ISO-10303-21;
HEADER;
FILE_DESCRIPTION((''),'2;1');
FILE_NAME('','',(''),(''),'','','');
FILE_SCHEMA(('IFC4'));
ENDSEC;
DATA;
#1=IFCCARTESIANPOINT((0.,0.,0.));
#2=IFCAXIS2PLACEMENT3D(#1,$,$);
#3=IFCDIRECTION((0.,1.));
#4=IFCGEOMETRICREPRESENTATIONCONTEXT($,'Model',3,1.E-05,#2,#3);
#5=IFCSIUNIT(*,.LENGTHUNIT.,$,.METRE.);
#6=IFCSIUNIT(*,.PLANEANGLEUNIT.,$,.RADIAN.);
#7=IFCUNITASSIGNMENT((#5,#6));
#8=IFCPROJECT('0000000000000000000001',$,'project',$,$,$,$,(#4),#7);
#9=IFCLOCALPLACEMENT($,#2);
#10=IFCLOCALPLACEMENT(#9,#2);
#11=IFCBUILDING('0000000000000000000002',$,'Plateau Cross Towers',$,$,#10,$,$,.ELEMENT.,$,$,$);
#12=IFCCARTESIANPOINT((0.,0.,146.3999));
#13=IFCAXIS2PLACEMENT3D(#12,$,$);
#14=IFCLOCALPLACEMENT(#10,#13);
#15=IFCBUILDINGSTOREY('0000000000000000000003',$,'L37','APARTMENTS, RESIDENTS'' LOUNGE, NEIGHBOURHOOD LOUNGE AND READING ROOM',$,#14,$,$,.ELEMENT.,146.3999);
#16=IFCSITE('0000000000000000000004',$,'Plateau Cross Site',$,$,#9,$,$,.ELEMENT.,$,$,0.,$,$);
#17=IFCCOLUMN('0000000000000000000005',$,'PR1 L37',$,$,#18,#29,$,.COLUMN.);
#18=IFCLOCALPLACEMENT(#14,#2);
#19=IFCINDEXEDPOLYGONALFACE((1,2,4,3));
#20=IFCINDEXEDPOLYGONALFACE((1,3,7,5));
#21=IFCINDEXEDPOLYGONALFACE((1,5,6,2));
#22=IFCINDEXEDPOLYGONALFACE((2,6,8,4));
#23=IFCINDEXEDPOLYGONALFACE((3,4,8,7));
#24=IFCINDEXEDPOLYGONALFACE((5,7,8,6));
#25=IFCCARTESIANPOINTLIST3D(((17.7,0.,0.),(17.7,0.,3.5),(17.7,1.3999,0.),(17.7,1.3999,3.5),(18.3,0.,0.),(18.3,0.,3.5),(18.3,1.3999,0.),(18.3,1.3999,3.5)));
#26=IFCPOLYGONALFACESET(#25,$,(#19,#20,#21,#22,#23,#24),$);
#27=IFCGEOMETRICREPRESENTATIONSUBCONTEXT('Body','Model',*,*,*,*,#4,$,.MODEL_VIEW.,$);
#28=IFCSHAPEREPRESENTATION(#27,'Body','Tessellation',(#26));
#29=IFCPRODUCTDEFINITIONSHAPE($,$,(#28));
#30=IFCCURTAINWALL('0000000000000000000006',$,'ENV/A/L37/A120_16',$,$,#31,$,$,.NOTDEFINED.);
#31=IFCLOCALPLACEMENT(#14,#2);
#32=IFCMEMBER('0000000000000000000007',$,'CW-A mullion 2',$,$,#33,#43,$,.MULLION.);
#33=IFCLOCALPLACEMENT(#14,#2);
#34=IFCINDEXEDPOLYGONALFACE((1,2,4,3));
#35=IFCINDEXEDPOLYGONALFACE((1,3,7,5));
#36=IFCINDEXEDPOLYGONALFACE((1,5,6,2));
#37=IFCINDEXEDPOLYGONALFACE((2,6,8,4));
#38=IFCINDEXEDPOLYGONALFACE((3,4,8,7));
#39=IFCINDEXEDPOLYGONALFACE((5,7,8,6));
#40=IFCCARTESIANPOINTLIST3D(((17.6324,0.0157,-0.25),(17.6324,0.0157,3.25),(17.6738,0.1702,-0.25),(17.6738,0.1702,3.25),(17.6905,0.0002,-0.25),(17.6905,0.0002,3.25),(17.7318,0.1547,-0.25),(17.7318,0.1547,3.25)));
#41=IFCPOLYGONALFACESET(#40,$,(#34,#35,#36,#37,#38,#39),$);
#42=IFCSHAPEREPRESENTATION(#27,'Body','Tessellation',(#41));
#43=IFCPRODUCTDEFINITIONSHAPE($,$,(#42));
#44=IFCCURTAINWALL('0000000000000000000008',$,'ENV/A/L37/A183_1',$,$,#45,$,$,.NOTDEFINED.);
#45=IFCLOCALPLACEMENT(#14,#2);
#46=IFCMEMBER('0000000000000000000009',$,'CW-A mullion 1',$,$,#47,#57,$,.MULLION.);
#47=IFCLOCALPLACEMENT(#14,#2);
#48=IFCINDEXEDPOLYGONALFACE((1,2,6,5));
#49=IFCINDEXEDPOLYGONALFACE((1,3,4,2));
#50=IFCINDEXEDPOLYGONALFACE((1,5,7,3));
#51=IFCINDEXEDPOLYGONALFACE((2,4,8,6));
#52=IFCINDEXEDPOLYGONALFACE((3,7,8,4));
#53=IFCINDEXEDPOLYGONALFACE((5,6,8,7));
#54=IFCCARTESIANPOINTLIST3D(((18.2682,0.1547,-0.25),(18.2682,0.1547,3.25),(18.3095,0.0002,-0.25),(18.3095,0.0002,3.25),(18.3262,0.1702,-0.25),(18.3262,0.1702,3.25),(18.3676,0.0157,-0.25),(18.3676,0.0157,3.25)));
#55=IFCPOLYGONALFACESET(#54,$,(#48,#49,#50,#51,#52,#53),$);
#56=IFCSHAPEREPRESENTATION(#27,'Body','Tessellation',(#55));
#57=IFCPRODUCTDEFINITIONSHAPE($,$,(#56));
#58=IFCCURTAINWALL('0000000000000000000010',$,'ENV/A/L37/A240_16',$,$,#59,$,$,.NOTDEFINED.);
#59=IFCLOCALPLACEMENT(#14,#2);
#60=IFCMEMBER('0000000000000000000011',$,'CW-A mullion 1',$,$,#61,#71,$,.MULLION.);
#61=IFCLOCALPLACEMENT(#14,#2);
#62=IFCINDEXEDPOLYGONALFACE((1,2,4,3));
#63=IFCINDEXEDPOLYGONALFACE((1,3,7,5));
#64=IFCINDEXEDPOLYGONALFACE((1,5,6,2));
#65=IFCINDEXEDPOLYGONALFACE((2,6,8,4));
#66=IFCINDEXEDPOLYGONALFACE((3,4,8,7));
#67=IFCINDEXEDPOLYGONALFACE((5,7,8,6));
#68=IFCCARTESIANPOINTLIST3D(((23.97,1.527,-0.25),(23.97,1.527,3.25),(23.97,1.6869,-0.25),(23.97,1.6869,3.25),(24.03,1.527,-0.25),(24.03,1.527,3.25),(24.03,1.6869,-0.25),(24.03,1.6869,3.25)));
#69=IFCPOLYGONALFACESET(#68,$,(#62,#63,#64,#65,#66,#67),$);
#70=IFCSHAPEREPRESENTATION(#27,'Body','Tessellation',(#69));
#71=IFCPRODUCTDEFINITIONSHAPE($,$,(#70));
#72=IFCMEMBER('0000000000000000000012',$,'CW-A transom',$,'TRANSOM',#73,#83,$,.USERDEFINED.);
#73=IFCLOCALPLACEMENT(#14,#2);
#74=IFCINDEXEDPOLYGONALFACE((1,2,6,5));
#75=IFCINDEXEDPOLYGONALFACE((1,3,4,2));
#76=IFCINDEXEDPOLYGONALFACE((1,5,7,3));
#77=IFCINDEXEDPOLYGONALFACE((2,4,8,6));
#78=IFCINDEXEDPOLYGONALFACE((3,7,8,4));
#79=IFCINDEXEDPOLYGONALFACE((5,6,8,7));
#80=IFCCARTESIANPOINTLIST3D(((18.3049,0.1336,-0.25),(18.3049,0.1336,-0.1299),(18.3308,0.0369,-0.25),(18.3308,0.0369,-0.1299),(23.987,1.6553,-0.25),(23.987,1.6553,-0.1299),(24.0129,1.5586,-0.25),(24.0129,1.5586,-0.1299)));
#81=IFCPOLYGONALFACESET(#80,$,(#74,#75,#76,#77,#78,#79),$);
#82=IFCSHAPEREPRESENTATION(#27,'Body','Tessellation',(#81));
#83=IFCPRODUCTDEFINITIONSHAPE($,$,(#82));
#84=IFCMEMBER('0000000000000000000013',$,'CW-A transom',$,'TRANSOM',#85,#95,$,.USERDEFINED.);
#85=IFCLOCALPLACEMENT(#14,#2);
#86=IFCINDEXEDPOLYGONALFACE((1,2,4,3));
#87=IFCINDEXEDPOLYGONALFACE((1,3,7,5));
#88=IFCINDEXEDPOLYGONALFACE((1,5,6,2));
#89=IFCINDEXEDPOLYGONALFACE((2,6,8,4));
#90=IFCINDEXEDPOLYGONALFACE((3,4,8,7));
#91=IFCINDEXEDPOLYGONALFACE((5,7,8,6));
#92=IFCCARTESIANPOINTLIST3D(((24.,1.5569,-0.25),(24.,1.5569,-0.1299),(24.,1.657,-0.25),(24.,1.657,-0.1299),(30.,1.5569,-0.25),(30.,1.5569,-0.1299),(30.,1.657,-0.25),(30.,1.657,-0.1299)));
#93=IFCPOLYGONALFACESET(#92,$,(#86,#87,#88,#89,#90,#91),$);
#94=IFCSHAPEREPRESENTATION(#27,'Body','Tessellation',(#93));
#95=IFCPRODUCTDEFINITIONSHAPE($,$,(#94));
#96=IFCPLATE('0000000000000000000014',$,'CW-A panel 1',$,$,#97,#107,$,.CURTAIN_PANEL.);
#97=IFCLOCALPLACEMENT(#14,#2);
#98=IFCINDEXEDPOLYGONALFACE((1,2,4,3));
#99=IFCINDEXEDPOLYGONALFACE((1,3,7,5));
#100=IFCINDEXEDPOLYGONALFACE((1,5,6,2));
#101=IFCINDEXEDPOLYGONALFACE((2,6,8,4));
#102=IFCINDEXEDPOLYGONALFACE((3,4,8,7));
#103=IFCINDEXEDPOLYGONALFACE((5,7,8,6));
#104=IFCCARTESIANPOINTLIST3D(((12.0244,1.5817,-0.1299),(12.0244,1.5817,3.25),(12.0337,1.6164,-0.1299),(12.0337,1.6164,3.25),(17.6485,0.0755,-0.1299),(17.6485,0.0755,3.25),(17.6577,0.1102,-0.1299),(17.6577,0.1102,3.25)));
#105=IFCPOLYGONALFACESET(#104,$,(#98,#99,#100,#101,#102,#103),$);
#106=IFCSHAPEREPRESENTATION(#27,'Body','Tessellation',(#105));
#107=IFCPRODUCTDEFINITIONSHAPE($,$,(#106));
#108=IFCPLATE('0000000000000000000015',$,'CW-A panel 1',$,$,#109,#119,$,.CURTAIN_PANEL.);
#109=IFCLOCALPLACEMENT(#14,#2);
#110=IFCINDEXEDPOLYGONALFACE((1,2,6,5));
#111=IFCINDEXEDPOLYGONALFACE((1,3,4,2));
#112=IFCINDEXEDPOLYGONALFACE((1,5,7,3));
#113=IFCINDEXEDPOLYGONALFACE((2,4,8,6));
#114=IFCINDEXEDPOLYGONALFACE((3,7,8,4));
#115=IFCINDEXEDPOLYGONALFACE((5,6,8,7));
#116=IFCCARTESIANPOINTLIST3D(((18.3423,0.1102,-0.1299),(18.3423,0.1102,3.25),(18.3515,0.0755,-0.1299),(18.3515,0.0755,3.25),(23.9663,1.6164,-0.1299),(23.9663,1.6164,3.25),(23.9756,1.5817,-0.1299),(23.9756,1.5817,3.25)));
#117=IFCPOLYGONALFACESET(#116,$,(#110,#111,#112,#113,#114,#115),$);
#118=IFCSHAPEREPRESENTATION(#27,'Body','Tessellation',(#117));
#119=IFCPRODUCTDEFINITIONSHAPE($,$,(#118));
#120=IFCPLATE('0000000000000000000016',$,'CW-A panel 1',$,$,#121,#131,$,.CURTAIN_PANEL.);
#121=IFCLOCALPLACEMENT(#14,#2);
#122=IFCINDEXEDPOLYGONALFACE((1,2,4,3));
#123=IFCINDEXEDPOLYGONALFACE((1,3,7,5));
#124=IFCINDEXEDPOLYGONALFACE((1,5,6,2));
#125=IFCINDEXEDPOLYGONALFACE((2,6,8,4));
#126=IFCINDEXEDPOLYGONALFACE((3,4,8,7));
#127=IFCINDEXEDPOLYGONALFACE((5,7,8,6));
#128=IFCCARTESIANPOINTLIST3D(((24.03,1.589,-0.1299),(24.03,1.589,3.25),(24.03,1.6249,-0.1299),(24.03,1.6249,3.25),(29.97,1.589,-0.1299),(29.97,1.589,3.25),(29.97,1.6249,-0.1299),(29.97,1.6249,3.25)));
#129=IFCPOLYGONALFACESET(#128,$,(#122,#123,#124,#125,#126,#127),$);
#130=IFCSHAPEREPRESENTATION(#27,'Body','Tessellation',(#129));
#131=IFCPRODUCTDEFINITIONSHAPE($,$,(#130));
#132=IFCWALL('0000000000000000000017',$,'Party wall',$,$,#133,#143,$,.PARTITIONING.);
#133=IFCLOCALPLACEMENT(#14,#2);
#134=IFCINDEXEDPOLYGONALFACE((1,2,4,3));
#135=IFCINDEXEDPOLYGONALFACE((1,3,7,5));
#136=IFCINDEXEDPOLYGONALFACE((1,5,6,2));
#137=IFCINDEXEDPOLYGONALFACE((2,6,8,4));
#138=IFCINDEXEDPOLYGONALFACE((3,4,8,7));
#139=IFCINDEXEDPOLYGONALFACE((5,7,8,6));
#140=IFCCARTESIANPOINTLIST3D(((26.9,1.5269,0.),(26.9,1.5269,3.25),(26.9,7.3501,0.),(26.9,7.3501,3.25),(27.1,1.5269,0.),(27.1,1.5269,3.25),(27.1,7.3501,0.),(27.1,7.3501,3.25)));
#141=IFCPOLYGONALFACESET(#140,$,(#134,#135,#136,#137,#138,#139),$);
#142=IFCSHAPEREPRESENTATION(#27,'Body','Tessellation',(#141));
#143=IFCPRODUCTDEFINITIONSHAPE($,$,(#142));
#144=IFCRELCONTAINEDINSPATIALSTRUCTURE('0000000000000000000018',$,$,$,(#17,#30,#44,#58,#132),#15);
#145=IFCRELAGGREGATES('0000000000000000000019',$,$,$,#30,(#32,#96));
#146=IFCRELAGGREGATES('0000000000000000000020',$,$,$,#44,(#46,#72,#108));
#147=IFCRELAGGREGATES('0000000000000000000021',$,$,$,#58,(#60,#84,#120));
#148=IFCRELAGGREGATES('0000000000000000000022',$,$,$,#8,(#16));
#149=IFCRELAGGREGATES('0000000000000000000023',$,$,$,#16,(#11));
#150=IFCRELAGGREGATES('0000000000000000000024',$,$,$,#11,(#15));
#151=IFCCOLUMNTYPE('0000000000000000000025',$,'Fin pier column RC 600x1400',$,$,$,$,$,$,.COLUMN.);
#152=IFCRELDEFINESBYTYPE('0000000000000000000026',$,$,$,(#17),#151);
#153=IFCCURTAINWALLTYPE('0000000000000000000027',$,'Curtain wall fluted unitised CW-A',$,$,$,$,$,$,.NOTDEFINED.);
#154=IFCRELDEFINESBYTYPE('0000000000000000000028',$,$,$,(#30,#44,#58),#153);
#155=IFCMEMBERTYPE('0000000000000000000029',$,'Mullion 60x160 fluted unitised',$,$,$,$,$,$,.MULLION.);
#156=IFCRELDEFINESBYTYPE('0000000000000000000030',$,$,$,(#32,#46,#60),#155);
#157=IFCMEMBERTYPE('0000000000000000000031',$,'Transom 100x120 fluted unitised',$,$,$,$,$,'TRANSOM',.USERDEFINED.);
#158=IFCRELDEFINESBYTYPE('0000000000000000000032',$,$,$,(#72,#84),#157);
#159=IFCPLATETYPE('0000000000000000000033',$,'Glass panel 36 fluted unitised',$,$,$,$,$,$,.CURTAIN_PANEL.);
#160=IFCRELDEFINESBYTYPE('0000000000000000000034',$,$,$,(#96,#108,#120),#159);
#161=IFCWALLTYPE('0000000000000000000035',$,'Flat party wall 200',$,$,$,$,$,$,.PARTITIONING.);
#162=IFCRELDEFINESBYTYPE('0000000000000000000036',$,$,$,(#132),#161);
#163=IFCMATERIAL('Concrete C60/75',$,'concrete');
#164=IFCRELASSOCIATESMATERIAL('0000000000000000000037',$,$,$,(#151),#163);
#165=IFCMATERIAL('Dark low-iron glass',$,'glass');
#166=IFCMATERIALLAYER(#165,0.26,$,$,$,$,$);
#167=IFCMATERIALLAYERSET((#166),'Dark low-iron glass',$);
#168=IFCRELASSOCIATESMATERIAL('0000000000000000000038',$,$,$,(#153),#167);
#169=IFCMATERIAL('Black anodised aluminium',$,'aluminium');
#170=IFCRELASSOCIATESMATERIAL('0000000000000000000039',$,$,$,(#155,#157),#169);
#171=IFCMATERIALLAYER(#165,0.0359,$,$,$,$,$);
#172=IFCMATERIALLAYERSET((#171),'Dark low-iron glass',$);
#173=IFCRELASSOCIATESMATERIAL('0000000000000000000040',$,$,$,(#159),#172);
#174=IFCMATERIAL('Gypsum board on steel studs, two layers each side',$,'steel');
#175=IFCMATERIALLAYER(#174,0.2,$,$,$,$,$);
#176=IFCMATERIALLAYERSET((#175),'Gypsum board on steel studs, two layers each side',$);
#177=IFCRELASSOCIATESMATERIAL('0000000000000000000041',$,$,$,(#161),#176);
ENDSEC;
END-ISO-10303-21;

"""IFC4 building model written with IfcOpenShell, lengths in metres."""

from ifc_helpers import new_model, si_unit, direction, frame, frame_2d, origin, origin_2d, place, context, subcontext, project, spatial, rectangle, extrude, material, layer, layer_set, material_profile, profile_set, type_object, element, aggregate, save


model = new_model("IFC4")

# Units and contexts
model_context = context("Model", 3, precision=1e-05, world=origin(), true_north=direction((0.0, 1.0)))
body_context = subcontext(model_context, "Body", "Model", "MODEL_VIEW")
ifc_project = project(units=[si_unit("LENGTHUNIT", "METRE"), si_unit("PLANEANGLEUNIT", "RADIAN")], contexts=[model_context])

# Site, building, storey
site_placement = place(None, origin())
site = spatial("IfcSite", under=ifc_project, at=site_placement, Name="Plateau Cross Site", CompositionType="ELEMENT", RefElevation=0.0)
building_placement = place(site_placement, origin())
building = spatial("IfcBuilding", under=site, at=building_placement, Name="Plateau Cross Towers", CompositionType="ELEMENT")
storey_placement = place(building_placement, frame((0.0, 0.0, 146.3999)))
storey = spatial("IfcBuildingStorey", under=building, at=storey_placement, Name="L37", Description="APARTMENTS, RESIDENTS' LOUNGE, NEIGHBOURHOOD LOUNGE AND READING ROOM", CompositionType="ELEMENT", Elevation=146.3999)

# Column
ifc_material_1 = material(Name="Concrete C60/75", Category="concrete")
ifc_material_profile_1 = material_profile(ifc_material_1, rectangle(XDim=0.6001, YDim=1.3999, at=origin_2d()), Name="RC 600x1400")
ifc_profile_set_1 = profile_set([ifc_material_profile_1], Name="Concrete C60/75")
column_type = type_object("IfcColumnType", Name="Fin pier column RC 600x1400", PredefinedType="COLUMN", material=ifc_profile_set_1)
column_placement = place(storey_placement, frame((18.0, 0.7, 0.0), z_axis=(0.0, 0.0, 1.0), x_axis=(1.0, 0.0, 0.0)))
element("IfcColumn", 1, at=column_placement, inside=storey, type_object=column_type, Name="PR1 L37", PredefinedType="COLUMN", context=body_context, shape_type="SweptSolid", body=[
    extrude(rectangle(XDim=0.6001, YDim=1.3999, at=origin_2d()), origin(), (0.0, 0.0, 1.0), 3.5),
])

# Curtain walls, members
ifc_material_2 = material(Name="Dark low-iron glass", Category="glass")
ifc_layer_1 = layer(ifc_material_2, 0.26)
ifc_layer_set_1 = layer_set([ifc_layer_1], Name="Dark low-iron glass")
curtain_wall_type = type_object("IfcCurtainWallType", Name="Curtain wall fluted unitised CW-A", PredefinedType="NOTDEFINED", material=ifc_layer_set_1)
curtain_wall_1_placement = place(storey_placement, origin())
curtain_wall_1 = element("IfcCurtainWall", 2, at=curtain_wall_1_placement, inside=storey, type_object=curtain_wall_type, Name="ENV/A/L37/A120_16", PredefinedType="NOTDEFINED")
ifc_material_3 = material(Name="Black anodised aluminium", Category="aluminium")
ifc_material_profile_2 = material_profile(ifc_material_3, rectangle(XDim=0.0601, YDim=0.1599, at=origin_2d()), Name="MULLION 60x160")
ifc_profile_set_2 = profile_set([ifc_material_profile_2], Name="Black anodised aluminium")
member_type_1 = type_object("IfcMemberType", Name="Mullion 60x160 fluted unitised", PredefinedType="MULLION", material=ifc_profile_set_2)
member_1_placement = place(storey_placement, frame((17.6821, 0.0852, -0.25), z_axis=(0.0, 0.0, 1.0), x_axis=(0.965958, -0.258699, 0.0)))
member_1 = element("IfcMember", 3, at=member_1_placement, type_object=member_type_1, Name="CW-A mullion 2", PredefinedType="MULLION", context=body_context, shape_type="SweptSolid", body=[
    extrude(rectangle(XDim=0.0601, YDim=0.1599, at=origin_2d()), origin(), (0.0, 0.0, 1.0), 3.5),
])
curtain_wall_2_placement = place(storey_placement, origin())
curtain_wall_2 = element("IfcCurtainWall", 4, at=curtain_wall_2_placement, inside=storey, type_object=curtain_wall_type, Name="ENV/A/L37/A183_1", PredefinedType="NOTDEFINED")
member_2_placement = place(storey_placement, frame((18.3179, 0.0852, -0.25), z_axis=(0.0, 0.0, 1.0), x_axis=(0.965958, 0.258699, 0.0)))
member_2 = element("IfcMember", 5, at=member_2_placement, type_object=member_type_1, Name="CW-A mullion 1", PredefinedType="MULLION", context=body_context, shape_type="SweptSolid", body=[
    extrude(rectangle(XDim=0.0601, YDim=0.1599, at=origin_2d()), origin(), (0.0, 0.0, 1.0), 3.5),
])
curtain_wall_3_placement = place(storey_placement, origin())
curtain_wall_3 = element("IfcCurtainWall", 6, at=curtain_wall_3_placement, inside=storey, type_object=curtain_wall_type, Name="ENV/A/L37/A240_16", PredefinedType="NOTDEFINED")
member_3_placement = place(storey_placement, frame((24.0, 1.6069, -0.25), z_axis=(0.0, 0.0, 1.0), x_axis=(1.0, 0.0, 0.0)))
member_3 = element("IfcMember", 7, at=member_3_placement, type_object=member_type_1, Name="CW-A mullion 1", PredefinedType="MULLION", context=body_context, shape_type="SweptSolid", body=[
    extrude(rectangle(XDim=0.0601, YDim=0.1599, at=origin_2d()), origin(), (0.0, 0.0, 1.0), 3.5),
])

# Members
ifc_material_profile_3 = material_profile(ifc_material_3, rectangle(XDim=0.1001, YDim=0.1201, at=origin_2d()), Name="TRANSOM 100x120")
ifc_profile_set_3 = profile_set([ifc_material_profile_3], Name="Black anodised aluminium")
member_type_2 = type_object("IfcMemberType", Name="Transom 100x120 fluted unitised", ElementType="TRANSOM", PredefinedType="USERDEFINED", material=ifc_profile_set_3)
member_4_placement = place(storey_placement, frame((18.3179, 0.0852, -0.1899), z_axis=(0.96596, 0.258693, 0.0), x_axis=(-0.258693, 0.96596, 0.0)))
member_4 = element("IfcMember", 8, at=member_4_placement, type_object=member_type_2, Name="CW-A transom", ObjectType="TRANSOM", PredefinedType="USERDEFINED", context=body_context, shape_type="SweptSolid", body=[
    extrude(rectangle(XDim=0.1001, YDim=0.1201, at=origin_2d()), origin(), (0.0, 0.0, 1.0), 5.8823),
])
member_5_placement = place(storey_placement, frame((24.0, 1.6069, -0.1899), z_axis=(1.0, 0.0, 0.0), x_axis=(0.0, 1.0, 0.0)))
member_5 = element("IfcMember", 9, at=member_5_placement, type_object=member_type_2, Name="CW-A transom", ObjectType="TRANSOM", PredefinedType="USERDEFINED", context=body_context, shape_type="SweptSolid", body=[
    extrude(rectangle(XDim=0.1001, YDim=0.1201, at=origin_2d()), origin(), (0.0, 0.0, 1.0), 6.0),
])

# Plates
ifc_layer_2 = layer(ifc_material_2, 0.0359)
ifc_layer_set_2 = layer_set([ifc_layer_2], Name="Dark low-iron glass")
plate_type = type_object("IfcPlateType", Name="Glass panel 36 fluted unitised", PredefinedType="CURTAIN_PANEL", material=ifc_layer_set_2)
plate_1_placement = place(storey_placement, frame((14.8411, 0.8459, -0.1299), z_axis=(0.0, 0.0, 1.0), x_axis=(0.965958, -0.258699, 0.0)))
plate_1 = element("IfcPlate", 10, at=plate_1_placement, type_object=plate_type, Name="CW-A panel 1", PredefinedType="CURTAIN_PANEL", context=body_context, shape_type="SweptSolid", body=[
    extrude(rectangle(XDim=5.8223, YDim=0.0359, at=origin_2d()), origin(), (0.0, 0.0, 1.0), 3.3799),
])
aggregate(curtain_wall_1, [member_1, plate_1])
plate_2_placement = place(storey_placement, frame((21.1589, 0.8459, -0.1299), z_axis=(0.0, 0.0, 1.0), x_axis=(0.965958, 0.258699, 0.0)))
plate_2 = element("IfcPlate", 11, at=plate_2_placement, type_object=plate_type, Name="CW-A panel 1", PredefinedType="CURTAIN_PANEL", context=body_context, shape_type="SweptSolid", body=[
    extrude(rectangle(XDim=5.8223, YDim=0.0359, at=origin_2d()), origin(), (0.0, 0.0, 1.0), 3.3799),
])
aggregate(curtain_wall_2, [member_2, member_4, plate_2])
plate_3_placement = place(storey_placement, frame((27.0, 1.6069, -0.1299), z_axis=(0.0, 0.0, 1.0), x_axis=(1.0, 0.0, 0.0)))
plate_3 = element("IfcPlate", 12, at=plate_3_placement, type_object=plate_type, Name="CW-A panel 1", PredefinedType="CURTAIN_PANEL", context=body_context, shape_type="SweptSolid", body=[
    extrude(rectangle(XDim=5.9399, YDim=0.0359, at=origin_2d()), origin(), (0.0, 0.0, 1.0), 3.3799),
])
aggregate(curtain_wall_3, [member_3, member_5, plate_3])

# Wall
ifc_material_4 = material(Name="Gypsum board on steel studs, two layers each side", Category="steel")
ifc_layer_3 = layer(ifc_material_4, 0.2)
ifc_layer_set_3 = layer_set([ifc_layer_3], Name="Gypsum board on steel studs, two layers each side")
wall_type = type_object("IfcWallType", Name="Flat party wall 200", PredefinedType="PARTITIONING", material=ifc_layer_set_3)
wall_placement = place(storey_placement, frame((27.0, 1.5269, 0.0), z_axis=(0.0, 0.0, 1.0), x_axis=(0.0, 1.0, 0.0)))
element("IfcWall", 13, at=wall_placement, inside=storey, type_object=wall_type, Name="Party wall", PredefinedType="PARTITIONING", context=body_context, shape_type="SweptSolid", body=[
    extrude(rectangle(XDim=5.8232, YDim=0.2, at=frame_2d((2.9116, 0.0))), origin(), (0.0, 0.0, 1.0), 3.25),
])

save(model, "model.ifc")
